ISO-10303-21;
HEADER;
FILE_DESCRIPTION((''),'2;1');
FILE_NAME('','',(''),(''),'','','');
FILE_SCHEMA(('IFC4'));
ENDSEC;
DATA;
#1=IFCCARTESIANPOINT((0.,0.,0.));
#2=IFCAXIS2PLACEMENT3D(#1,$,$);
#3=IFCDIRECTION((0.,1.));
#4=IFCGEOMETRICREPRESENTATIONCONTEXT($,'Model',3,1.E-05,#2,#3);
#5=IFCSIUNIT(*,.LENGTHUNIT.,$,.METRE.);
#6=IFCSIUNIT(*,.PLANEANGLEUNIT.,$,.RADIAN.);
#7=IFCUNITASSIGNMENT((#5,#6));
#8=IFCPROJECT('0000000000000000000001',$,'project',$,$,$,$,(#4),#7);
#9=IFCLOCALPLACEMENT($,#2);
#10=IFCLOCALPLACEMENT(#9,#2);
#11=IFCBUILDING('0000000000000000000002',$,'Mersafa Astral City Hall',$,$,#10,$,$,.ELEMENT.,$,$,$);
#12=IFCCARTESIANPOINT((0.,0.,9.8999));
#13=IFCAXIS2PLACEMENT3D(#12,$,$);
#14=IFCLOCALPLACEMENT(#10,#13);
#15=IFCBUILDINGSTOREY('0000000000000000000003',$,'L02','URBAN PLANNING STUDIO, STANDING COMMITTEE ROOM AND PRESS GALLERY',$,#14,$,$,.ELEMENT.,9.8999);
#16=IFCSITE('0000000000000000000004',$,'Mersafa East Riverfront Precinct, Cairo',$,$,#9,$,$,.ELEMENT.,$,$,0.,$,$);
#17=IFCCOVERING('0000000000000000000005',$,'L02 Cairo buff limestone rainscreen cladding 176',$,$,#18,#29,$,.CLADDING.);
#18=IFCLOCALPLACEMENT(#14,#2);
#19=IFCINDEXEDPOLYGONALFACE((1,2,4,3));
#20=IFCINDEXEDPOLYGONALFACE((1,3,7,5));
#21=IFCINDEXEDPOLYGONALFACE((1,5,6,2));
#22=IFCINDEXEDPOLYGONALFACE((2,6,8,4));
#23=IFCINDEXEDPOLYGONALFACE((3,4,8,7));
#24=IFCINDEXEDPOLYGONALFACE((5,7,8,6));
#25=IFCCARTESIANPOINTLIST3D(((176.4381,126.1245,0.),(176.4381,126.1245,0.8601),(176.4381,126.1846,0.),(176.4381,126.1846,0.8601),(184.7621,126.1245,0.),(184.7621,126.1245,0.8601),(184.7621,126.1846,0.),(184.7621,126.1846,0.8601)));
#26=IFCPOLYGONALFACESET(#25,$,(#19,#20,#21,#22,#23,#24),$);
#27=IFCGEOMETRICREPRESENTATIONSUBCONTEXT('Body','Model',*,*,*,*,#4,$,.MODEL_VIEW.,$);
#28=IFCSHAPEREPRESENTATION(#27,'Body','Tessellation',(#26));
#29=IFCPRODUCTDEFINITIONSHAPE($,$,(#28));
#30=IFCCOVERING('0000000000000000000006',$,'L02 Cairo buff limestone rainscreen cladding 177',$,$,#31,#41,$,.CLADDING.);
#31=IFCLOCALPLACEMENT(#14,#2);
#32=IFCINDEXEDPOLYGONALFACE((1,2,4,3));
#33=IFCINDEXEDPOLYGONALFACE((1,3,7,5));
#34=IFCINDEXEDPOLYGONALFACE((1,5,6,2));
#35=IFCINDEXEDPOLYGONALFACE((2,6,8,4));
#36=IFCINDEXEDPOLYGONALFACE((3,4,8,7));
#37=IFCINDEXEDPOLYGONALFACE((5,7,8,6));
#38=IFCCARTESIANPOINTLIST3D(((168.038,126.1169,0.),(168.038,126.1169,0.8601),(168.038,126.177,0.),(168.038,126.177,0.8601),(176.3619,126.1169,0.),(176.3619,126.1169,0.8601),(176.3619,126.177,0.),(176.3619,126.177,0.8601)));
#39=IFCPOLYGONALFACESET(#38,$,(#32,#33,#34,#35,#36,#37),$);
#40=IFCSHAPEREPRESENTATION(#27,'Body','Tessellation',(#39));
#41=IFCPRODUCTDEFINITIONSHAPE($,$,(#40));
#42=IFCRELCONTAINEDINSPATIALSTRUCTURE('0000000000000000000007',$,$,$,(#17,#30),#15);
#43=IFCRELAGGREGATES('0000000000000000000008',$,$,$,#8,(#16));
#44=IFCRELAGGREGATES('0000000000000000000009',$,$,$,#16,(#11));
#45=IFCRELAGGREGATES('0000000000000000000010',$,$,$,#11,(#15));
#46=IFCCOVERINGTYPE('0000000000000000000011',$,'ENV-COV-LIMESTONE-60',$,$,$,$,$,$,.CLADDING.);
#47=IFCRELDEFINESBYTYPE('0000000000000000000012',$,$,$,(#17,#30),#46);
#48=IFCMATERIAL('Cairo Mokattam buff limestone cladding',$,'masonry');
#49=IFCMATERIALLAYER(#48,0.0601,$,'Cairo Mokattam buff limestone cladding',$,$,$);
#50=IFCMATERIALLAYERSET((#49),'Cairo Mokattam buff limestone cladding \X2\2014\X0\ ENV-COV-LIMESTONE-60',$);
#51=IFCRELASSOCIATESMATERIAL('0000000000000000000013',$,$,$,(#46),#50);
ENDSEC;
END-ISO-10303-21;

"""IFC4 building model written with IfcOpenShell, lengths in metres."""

from ifc_helpers import new_model, si_unit, direction, frame, origin, origin_2d, place, context, subcontext, project, spatial, rectangle, extrude, material, layer, layer_set, type_object, element, save


model = new_model("IFC4")

# Units and contexts
model_context = context("Model", 3, precision=1e-05, world=origin(), true_north=direction((0.0, 1.0)))
body_context = subcontext(model_context, "Body", "Model", "MODEL_VIEW")
ifc_project = project(units=[si_unit("LENGTHUNIT", "METRE"), si_unit("PLANEANGLEUNIT", "RADIAN")], contexts=[model_context])

# Site, building, storey
site_placement = place(None, origin())
site = spatial("IfcSite", under=ifc_project, at=site_placement, Name="Mersafa East Riverfront Precinct, Cairo", CompositionType="ELEMENT", RefElevation=0.0)
building_placement = place(site_placement, origin())
building = spatial("IfcBuilding", under=site, at=building_placement, Name="Mersafa Astral City Hall", CompositionType="ELEMENT")
storey_placement = place(building_placement, frame((0.0, 0.0, 9.8999)))
storey = spatial("IfcBuildingStorey", under=building, at=storey_placement, Name="L02", Description="URBAN PLANNING STUDIO, STANDING COMMITTEE ROOM AND PRESS GALLERY", CompositionType="ELEMENT", Elevation=9.8999)

# Coverings
ifc_material_1 = material(Name="Cairo Mokattam buff limestone cladding", Category="masonry")
ifc_layer_1 = layer(ifc_material_1, 0.0601, Name="Cairo Mokattam buff limestone cladding")
ifc_layer_set_1 = layer_set([ifc_layer_1], Name="Cairo Mokattam buff limestone cladding — ENV-COV-LIMESTONE-60")
covering_type = type_object("IfcCoveringType", Name="ENV-COV-LIMESTONE-60", PredefinedType="CLADDING", material=ifc_layer_set_1)
for number, where, z_axis, x_axis, name in (
    (1, (180.6001, 126.1545, 0.0), (0.0, 0.0, 1.0), (-1.0, 0.0, 0.0), "L02 Cairo buff limestone rainscreen cladding 176"),
    (2, (172.2, 126.147, 0.0), (0.0, 0.0, 1.0), (-1.0, 0.0, 0.0), "L02 Cairo buff limestone rainscreen cladding 177"),
):
    element("IfcCovering", number, at=place(storey_placement, frame(where, z_axis=z_axis, x_axis=x_axis)), inside=storey, type_object=covering_type, Name=name, PredefinedType="CLADDING", context=body_context, shape_type="SweptSolid", body=[
        extrude(rectangle(XDim=8.324, YDim=0.0601, at=origin_2d()), origin(), (0.0, 0.0, 1.0), 0.8601),
    ])

save(model, "model.ifc")
